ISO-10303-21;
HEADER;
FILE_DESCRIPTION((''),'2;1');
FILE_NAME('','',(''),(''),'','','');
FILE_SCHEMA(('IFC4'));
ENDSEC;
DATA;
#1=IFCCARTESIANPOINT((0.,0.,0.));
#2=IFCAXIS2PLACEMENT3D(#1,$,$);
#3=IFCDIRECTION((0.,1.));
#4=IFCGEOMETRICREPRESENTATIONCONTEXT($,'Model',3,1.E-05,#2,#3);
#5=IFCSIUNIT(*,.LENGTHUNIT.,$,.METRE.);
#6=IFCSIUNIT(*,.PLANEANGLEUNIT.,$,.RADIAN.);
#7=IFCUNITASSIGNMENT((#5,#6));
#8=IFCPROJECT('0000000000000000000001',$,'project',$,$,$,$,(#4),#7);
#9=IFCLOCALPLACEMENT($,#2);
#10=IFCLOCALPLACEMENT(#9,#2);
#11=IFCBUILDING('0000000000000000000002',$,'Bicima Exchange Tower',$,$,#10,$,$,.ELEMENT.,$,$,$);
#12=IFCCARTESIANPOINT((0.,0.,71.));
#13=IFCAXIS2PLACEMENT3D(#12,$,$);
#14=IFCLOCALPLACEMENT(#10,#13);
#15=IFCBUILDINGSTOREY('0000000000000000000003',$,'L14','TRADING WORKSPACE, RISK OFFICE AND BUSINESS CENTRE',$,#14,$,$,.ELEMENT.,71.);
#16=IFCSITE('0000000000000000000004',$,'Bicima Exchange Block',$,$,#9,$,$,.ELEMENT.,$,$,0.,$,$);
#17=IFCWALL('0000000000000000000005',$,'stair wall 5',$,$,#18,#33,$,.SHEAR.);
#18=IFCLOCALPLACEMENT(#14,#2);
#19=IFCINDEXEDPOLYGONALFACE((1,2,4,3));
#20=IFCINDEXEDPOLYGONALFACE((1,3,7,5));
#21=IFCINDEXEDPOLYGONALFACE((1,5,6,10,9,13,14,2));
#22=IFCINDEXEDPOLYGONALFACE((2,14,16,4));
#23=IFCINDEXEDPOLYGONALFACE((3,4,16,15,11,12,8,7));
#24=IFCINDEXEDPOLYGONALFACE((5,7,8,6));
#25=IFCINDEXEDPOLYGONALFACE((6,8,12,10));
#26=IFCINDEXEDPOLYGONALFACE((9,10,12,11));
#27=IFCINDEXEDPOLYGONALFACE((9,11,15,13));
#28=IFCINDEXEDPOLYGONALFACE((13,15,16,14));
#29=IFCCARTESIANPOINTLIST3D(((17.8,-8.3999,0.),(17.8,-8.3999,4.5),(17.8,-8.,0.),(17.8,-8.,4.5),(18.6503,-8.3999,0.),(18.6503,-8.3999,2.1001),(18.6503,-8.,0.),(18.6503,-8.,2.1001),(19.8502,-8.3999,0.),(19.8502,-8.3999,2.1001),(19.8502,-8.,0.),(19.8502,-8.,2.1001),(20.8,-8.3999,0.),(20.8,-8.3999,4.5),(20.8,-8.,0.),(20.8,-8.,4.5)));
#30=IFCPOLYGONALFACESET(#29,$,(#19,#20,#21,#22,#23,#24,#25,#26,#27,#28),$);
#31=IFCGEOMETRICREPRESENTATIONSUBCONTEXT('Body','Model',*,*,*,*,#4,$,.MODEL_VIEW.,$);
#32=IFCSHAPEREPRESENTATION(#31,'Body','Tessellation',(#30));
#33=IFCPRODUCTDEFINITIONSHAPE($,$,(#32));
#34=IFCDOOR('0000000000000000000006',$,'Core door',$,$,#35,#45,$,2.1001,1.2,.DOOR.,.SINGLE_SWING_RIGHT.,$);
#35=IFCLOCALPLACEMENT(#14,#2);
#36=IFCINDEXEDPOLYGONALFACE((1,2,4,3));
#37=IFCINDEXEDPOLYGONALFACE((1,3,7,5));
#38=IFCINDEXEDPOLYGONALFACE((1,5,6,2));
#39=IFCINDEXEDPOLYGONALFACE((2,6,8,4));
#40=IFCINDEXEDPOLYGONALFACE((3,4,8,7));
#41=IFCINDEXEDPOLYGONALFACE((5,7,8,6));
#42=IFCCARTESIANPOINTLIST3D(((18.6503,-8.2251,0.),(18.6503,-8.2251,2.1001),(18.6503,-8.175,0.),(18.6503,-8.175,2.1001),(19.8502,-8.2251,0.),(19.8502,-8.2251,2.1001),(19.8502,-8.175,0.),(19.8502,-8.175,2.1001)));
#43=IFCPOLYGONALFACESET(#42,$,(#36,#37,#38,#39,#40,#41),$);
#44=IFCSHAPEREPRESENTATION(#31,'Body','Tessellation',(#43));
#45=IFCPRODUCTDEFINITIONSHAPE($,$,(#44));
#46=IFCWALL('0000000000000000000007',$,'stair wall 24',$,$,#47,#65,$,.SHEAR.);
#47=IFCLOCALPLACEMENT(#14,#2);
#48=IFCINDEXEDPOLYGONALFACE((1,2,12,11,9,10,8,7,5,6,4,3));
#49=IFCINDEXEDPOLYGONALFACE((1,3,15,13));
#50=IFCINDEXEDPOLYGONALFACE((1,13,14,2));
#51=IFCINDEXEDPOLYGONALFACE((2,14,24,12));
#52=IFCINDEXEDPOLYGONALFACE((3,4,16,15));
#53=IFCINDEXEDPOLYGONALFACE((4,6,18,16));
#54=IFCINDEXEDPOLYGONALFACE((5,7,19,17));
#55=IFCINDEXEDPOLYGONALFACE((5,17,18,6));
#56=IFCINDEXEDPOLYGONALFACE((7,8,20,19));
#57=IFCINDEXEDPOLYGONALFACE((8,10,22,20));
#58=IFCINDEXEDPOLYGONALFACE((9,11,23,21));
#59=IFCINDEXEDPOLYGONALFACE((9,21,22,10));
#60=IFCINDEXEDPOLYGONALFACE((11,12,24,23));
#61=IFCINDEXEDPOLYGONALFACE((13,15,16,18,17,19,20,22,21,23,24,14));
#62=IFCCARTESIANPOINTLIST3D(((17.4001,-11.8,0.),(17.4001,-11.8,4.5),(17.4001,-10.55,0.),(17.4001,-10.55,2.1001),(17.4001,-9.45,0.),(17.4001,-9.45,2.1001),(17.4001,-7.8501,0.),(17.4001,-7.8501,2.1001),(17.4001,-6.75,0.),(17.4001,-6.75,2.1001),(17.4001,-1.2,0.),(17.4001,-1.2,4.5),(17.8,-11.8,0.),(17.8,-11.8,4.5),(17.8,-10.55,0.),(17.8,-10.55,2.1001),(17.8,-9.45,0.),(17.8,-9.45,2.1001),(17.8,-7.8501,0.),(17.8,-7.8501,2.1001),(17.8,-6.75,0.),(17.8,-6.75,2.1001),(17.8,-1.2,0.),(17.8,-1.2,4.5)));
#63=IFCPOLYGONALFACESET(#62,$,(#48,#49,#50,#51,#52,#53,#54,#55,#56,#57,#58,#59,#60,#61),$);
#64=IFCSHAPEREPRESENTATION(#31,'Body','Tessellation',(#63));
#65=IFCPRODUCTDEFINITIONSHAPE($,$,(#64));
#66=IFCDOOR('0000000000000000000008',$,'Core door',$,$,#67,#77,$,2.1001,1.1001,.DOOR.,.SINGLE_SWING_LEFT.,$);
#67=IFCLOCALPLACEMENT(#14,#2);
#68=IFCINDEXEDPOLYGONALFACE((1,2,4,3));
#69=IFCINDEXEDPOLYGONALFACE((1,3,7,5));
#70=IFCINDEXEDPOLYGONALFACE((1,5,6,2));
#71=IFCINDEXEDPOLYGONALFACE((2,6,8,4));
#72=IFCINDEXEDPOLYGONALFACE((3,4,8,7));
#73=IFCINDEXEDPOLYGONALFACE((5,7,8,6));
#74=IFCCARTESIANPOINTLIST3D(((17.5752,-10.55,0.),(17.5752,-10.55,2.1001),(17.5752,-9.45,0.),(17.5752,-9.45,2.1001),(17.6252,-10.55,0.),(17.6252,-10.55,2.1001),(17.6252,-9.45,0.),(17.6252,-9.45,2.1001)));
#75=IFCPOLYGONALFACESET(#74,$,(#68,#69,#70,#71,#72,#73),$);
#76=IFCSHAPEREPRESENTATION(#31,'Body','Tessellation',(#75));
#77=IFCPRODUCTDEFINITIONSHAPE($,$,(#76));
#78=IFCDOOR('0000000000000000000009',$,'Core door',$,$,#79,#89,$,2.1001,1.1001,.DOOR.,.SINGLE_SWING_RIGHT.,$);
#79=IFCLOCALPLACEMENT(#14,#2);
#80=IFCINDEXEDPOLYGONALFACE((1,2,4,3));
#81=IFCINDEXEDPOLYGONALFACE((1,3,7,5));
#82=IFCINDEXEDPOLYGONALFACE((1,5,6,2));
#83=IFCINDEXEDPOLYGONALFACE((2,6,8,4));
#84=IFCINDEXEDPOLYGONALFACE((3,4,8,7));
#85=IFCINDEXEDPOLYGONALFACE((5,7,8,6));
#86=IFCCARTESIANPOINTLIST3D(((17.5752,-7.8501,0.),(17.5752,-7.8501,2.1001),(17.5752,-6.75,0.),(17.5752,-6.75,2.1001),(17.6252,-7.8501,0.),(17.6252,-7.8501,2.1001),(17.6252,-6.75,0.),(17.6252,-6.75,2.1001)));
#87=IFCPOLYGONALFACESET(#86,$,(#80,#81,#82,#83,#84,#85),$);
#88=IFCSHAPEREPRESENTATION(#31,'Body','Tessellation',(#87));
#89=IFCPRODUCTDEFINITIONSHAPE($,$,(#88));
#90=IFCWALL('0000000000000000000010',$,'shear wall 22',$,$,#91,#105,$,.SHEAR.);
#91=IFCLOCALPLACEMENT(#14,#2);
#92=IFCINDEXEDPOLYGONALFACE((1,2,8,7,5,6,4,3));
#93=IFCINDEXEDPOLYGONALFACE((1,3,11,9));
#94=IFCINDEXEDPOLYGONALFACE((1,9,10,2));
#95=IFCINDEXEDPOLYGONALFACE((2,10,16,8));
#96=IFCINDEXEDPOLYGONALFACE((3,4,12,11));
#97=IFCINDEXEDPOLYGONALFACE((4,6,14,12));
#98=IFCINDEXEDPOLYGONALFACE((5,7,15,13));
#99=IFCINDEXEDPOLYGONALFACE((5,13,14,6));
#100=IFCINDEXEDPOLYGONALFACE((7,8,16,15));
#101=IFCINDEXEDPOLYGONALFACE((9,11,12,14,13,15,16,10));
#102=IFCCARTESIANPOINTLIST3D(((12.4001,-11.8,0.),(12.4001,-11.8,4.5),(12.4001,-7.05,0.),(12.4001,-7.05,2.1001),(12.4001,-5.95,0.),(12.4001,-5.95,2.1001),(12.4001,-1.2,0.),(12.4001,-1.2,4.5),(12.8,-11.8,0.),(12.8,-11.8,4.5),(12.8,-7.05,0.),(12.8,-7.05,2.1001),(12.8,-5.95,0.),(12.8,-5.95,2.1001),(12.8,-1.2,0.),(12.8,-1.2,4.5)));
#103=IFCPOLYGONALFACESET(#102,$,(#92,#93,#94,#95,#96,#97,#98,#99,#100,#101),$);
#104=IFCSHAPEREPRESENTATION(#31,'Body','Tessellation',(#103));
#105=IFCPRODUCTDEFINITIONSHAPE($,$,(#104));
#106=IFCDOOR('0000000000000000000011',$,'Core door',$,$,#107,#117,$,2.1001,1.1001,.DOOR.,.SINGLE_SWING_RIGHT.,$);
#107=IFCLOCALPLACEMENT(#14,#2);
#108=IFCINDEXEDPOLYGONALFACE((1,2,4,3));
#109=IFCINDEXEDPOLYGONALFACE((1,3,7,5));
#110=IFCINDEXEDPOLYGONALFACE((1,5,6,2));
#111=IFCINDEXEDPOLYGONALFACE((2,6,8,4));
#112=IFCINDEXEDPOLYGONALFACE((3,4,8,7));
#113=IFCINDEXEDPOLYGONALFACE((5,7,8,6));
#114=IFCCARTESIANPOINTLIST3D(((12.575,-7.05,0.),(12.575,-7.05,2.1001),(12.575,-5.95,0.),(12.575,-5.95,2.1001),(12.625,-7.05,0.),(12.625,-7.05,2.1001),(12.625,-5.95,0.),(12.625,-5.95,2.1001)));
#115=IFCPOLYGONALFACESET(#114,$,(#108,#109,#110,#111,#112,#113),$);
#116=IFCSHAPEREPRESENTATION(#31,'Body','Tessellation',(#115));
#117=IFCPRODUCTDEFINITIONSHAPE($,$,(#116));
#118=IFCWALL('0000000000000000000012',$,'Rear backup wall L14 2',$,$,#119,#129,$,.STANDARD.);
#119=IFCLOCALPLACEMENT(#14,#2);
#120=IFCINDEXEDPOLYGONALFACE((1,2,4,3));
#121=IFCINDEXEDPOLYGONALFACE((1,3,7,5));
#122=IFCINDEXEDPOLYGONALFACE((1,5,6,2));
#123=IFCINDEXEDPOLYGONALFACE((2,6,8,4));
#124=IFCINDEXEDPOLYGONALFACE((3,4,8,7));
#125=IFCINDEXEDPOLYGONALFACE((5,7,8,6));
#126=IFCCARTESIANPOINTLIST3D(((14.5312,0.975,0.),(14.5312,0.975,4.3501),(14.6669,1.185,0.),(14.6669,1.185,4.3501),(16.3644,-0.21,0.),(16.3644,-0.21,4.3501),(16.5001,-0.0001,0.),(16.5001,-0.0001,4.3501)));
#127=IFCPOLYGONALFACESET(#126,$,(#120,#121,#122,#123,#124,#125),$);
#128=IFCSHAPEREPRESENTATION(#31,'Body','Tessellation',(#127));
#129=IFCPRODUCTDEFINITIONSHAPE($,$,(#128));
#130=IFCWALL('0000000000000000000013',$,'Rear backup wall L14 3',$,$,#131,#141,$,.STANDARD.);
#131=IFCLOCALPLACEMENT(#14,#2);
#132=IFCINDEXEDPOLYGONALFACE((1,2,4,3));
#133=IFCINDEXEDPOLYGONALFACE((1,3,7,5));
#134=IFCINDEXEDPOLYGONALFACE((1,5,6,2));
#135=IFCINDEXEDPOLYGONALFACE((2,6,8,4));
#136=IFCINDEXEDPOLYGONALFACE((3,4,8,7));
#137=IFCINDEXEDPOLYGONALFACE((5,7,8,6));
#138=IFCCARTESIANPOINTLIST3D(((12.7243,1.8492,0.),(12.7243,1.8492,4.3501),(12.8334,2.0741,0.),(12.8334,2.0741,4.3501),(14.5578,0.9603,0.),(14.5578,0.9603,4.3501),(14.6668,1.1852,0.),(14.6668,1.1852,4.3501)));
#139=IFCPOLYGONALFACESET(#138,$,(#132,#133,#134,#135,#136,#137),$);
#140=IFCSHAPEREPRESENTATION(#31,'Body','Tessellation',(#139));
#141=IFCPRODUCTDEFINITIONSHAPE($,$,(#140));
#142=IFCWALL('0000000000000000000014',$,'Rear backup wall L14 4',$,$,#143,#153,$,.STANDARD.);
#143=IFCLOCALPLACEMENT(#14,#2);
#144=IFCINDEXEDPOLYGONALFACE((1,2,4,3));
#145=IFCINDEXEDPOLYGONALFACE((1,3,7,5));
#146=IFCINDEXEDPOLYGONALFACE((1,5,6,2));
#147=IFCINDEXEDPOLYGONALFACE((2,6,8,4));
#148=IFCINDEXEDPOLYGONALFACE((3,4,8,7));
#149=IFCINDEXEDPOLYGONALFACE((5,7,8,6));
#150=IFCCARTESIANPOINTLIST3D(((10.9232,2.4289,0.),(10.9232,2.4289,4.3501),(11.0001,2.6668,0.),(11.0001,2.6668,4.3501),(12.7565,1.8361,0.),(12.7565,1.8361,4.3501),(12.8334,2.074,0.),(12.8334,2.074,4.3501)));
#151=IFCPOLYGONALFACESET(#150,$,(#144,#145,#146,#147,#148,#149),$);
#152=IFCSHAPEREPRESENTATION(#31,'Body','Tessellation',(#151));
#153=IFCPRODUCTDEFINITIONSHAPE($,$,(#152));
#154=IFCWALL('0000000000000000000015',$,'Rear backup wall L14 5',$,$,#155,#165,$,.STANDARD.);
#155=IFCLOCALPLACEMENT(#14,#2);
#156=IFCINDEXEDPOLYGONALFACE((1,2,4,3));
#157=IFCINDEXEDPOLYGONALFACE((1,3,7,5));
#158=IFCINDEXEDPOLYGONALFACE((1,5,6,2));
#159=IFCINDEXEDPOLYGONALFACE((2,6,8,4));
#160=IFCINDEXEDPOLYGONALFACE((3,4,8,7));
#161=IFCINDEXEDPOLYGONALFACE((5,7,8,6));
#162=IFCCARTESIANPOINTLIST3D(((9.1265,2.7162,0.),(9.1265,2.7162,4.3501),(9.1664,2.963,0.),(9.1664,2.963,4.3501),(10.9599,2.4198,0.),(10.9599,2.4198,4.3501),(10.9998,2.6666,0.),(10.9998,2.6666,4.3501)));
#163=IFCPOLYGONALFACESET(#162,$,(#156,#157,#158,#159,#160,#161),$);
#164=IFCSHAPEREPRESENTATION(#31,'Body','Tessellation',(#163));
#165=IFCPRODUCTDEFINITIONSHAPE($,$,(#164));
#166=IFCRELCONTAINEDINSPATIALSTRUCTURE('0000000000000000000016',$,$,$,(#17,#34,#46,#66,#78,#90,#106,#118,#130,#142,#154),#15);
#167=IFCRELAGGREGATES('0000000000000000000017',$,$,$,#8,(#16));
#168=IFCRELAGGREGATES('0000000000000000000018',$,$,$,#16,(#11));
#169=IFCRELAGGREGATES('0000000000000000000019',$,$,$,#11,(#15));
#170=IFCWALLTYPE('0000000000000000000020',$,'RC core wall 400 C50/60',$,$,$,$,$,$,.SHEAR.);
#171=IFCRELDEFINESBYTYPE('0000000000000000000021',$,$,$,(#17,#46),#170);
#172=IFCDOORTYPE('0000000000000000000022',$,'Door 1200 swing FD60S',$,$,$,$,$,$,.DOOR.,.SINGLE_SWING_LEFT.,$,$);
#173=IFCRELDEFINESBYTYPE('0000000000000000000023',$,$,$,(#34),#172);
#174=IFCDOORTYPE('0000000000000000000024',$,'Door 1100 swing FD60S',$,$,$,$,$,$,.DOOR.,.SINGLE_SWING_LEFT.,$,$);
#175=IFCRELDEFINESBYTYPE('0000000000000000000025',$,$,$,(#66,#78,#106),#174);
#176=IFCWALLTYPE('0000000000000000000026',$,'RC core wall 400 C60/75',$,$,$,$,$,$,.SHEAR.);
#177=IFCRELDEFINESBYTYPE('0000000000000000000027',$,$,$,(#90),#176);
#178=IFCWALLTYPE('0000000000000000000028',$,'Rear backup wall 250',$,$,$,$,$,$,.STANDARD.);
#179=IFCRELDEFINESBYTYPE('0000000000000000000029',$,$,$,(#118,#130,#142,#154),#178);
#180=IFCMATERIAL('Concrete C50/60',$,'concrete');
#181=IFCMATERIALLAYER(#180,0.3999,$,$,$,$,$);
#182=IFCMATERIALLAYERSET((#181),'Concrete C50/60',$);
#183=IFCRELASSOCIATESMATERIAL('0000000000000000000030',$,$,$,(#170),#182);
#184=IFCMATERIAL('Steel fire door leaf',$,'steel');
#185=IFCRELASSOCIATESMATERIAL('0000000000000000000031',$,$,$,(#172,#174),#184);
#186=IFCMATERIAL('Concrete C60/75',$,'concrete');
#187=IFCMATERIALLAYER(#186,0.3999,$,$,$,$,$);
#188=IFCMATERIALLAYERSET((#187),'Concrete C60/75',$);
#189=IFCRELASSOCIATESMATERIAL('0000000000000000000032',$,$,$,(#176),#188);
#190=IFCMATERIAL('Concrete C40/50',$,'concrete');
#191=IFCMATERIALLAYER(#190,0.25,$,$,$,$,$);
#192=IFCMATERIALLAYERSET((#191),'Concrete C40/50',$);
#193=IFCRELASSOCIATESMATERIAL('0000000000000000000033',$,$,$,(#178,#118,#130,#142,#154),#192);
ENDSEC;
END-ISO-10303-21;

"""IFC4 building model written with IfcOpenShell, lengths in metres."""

from ifc_helpers import new_model, si_unit, direction, frame, frame_2d, origin, place, context, subcontext, project, spatial, rectangle, extrude, material, layer, layer_set, layer_usage, type_object, element, fill, save


model = new_model("IFC4")

# Units and contexts
model_context = context("Model", 3, precision=1e-05, world=origin(), true_north=direction((0.0, 1.0)))
body_context = subcontext(model_context, "Body", "Model", "MODEL_VIEW")
ifc_project = project(units=[si_unit("LENGTHUNIT", "METRE"), si_unit("PLANEANGLEUNIT", "RADIAN")], contexts=[model_context])

# Site, building, storey
site_placement = place(None, origin())
site = spatial("IfcSite", under=ifc_project, at=site_placement, Name="Bicima Exchange Block", CompositionType="ELEMENT", RefElevation=0.0)
building_placement = place(site_placement, origin())
building = spatial("IfcBuilding", under=site, at=building_placement, Name="Bicima Exchange Tower", CompositionType="ELEMENT")
storey_placement = place(building_placement, frame((0.0, 0.0, 71.0)))
storey = spatial("IfcBuildingStorey", under=building, at=storey_placement, Name="L14", Description="TRADING WORKSPACE, RISK OFFICE AND BUSINESS CENTRE", CompositionType="ELEMENT", Elevation=71.0)

# Wall, opening, door
ifc_material_1 = material(Name="Concrete C50/60", Category="concrete")
ifc_layer_1 = layer(ifc_material_1, 0.3999)
ifc_layer_set_1 = layer_set([ifc_layer_1], Name="Concrete C50/60")
wall_type_1 = type_object("IfcWallType", Name="RC core wall 400 C50/60", PredefinedType="SHEAR", material=ifc_layer_set_1)
wall_1_placement = place(storey_placement, frame((17.8, -8.2, 0.0), z_axis=(0.0, 0.0, 1.0), x_axis=(1.0, 0.0, 0.0)))
wall_1 = element("IfcWall", 1, at=wall_1_placement, inside=storey, type_object=wall_type_1, Name="stair wall 5", PredefinedType="SHEAR", context=body_context, shape_type="SweptSolid", body=[
    extrude(rectangle(XDim=3.0, YDim=0.3999, at=frame_2d((1.5, 0.0))), origin(), (0.0, 0.0, 1.0), 4.5),
])
opening_1_placement = place(wall_1_placement, frame((0.8501, 0.0, 0.0)))
opening_1 = element("IfcOpeningElement", 2, at=opening_1_placement, cuts=wall_1, PredefinedType="OPENING", context=body_context, shape_type="SweptSolid", body=[
    extrude(rectangle(XDim=1.2, YDim=2.1001, at=frame_2d((0.6001, 1.05))), frame((0.0, 0.2119, 0.0), z_axis=(0.0, -1.0, 0.0), x_axis=(1.0, 0.0, 0.0)), (0.0, 0.0, 1.0), 0.4238),
])
ifc_material_2 = material(Name="Steel fire door leaf", Category="steel")
door_type_1 = type_object("IfcDoorType", Name="Door 1200 swing FD60S", OperationType="SINGLE_SWING_LEFT", PredefinedType="DOOR", material=ifc_material_2)
door_1_placement = place(opening_1_placement, origin())
door_1 = element("IfcDoor", 3, at=door_1_placement, inside=storey, type_object=door_type_1, Name="Core door", OperationType="SINGLE_SWING_RIGHT", OverallHeight=2.1001, OverallWidth=1.2, PredefinedType="DOOR", context=body_context, shape_type="SweptSolid", body=[
    extrude(rectangle(XDim=1.2, YDim=2.1001, at=frame_2d((0.6001, 1.05))), frame((0.0, 0.0249, 0.0), z_axis=(0.0, -1.0, 0.0), x_axis=(1.0, 0.0, 0.0)), (0.0, 0.0, 1.0), 0.05),
])
fill(opening_1, door_1)

# Wall, openings, doors
wall_2_placement = place(storey_placement, frame((17.6001, -11.8, 0.0), z_axis=(0.0, 0.0, 1.0), x_axis=(0.0, 1.0, 0.0)))
wall_2 = element("IfcWall", 4, at=wall_2_placement, inside=storey, type_object=wall_type_1, Name="stair wall 24", PredefinedType="SHEAR", context=body_context, shape_type="SweptSolid", body=[
    extrude(rectangle(XDim=10.6001, YDim=0.3999, at=frame_2d((5.3, 0.0))), origin(), (0.0, 0.0, 1.0), 4.5),
])
opening_2_placement = place(wall_2_placement, frame((1.25, 0.0, 0.0)))
opening_2 = element("IfcOpeningElement", 5, at=opening_2_placement, cuts=wall_2, PredefinedType="OPENING", context=body_context, shape_type="SweptSolid", body=[
    extrude(rectangle(XDim=1.1001, YDim=2.1001, at=frame_2d((0.55, 1.05))), frame((0.0, 0.2119, 0.0), z_axis=(0.0, -1.0, 0.0), x_axis=(1.0, 0.0, 0.0)), (0.0, 0.0, 1.0), 0.4238),
])
opening_3_placement = place(wall_2_placement, frame((3.95, 0.0, 0.0)))
opening_3 = element("IfcOpeningElement", 6, at=opening_3_placement, cuts=wall_2, PredefinedType="OPENING", context=body_context, shape_type="SweptSolid", body=[
    extrude(rectangle(XDim=1.1001, YDim=2.1001, at=frame_2d((0.55, 1.05))), frame((0.0, 0.2119, 0.0), z_axis=(0.0, -1.0, 0.0), x_axis=(1.0, 0.0, 0.0)), (0.0, 0.0, 1.0), 0.4238),
])
door_type_2 = type_object("IfcDoorType", Name="Door 1100 swing FD60S", OperationType="SINGLE_SWING_LEFT", PredefinedType="DOOR", material=ifc_material_2)
door_2_placement = place(opening_2_placement, origin())
door_2 = element("IfcDoor", 7, at=door_2_placement, inside=storey, type_object=door_type_2, Name="Core door", OperationType="SINGLE_SWING_LEFT", OverallHeight=2.1001, OverallWidth=1.1001, PredefinedType="DOOR", context=body_context, shape_type="SweptSolid", body=[
    extrude(rectangle(XDim=1.1001, YDim=2.1001, at=frame_2d((0.55, 1.05))), frame((0.0, 0.0249, 0.0), z_axis=(0.0, -1.0, 0.0), x_axis=(1.0, 0.0, 0.0)), (0.0, 0.0, 1.0), 0.05),
])
fill(opening_2, door_2)
door_3_placement = place(opening_3_placement, origin())
door_3 = element("IfcDoor", 8, at=door_3_placement, inside=storey, type_object=door_type_2, Name="Core door", OperationType="SINGLE_SWING_RIGHT", OverallHeight=2.1001, OverallWidth=1.1001, PredefinedType="DOOR", context=body_context, shape_type="SweptSolid", body=[
    extrude(rectangle(XDim=1.1001, YDim=2.1001, at=frame_2d((0.55, 1.05))), frame((0.0, 0.0249, 0.0), z_axis=(0.0, -1.0, 0.0), x_axis=(1.0, 0.0, 0.0)), (0.0, 0.0, 1.0), 0.05),
])
fill(opening_3, door_3)

# Wall, opening, door
ifc_material_3 = material(Name="Concrete C60/75", Category="concrete")
ifc_layer_2 = layer(ifc_material_3, 0.3999)
ifc_layer_set_2 = layer_set([ifc_layer_2], Name="Concrete C60/75")
wall_type_2 = type_object("IfcWallType", Name="RC core wall 400 C60/75", PredefinedType="SHEAR", material=ifc_layer_set_2)
wall_3_placement = place(storey_placement, frame((12.6001, -11.8, 0.0), z_axis=(0.0, 0.0, 1.0), x_axis=(0.0, 1.0, 0.0)))
wall_3 = element("IfcWall", 9, at=wall_3_placement, inside=storey, type_object=wall_type_2, Name="shear wall 22", PredefinedType="SHEAR", context=body_context, shape_type="SweptSolid", body=[
    extrude(rectangle(XDim=10.6001, YDim=0.3999, at=frame_2d((5.3, 0.0))), origin(), (0.0, 0.0, 1.0), 4.5),
])
opening_4_placement = place(wall_3_placement, frame((4.75, 0.0, 0.0)))
opening_4 = element("IfcOpeningElement", 10, at=opening_4_placement, cuts=wall_3, PredefinedType="OPENING", context=body_context, shape_type="SweptSolid", body=[
    extrude(rectangle(XDim=1.1001, YDim=2.1001, at=frame_2d((0.55, 1.05))), frame((0.0, 0.2119, 0.0), z_axis=(0.0, -1.0, 0.0), x_axis=(1.0, 0.0, 0.0)), (0.0, 0.0, 1.0), 0.4238),
])
door_4_placement = place(opening_4_placement, frame((1.1001, 0.0, 0.0), z_axis=(0.0, 0.0, 1.0), x_axis=(-1.0, 0.0, 0.0)))
door_4 = element("IfcDoor", 11, at=door_4_placement, inside=storey, type_object=door_type_2, Name="Core door", OperationType="SINGLE_SWING_RIGHT", OverallHeight=2.1001, OverallWidth=1.1001, PredefinedType="DOOR", context=body_context, shape_type="SweptSolid", body=[
    extrude(rectangle(XDim=1.1001, YDim=2.1001, at=frame_2d((0.55, 1.05))), frame((0.0, 0.0249, 0.0), z_axis=(0.0, -1.0, 0.0), x_axis=(1.0, 0.0, 0.0)), (0.0, 0.0, 1.0), 0.05),
])
fill(opening_4, door_4)

# Walls
ifc_material_4 = material(Name="Concrete C40/50", Category="concrete")
ifc_layer_3 = layer(ifc_material_4, 0.25)
ifc_layer_set_3 = layer_set([ifc_layer_3], Name="Concrete C40/50")
ifc_layer_usage = layer_usage(ifc_layer_set_3, "AXIS2", "POSITIVE", -0.125)
wall_type_3 = type_object("IfcWallType", Name="Rear backup wall 250", PredefinedType="STANDARD", material=ifc_layer_set_3)
wall_4_placement = place(storey_placement, frame((16.4321, -0.105, 0.0), z_axis=(0.0, 0.0, 1.0), x_axis=(-0.839813, 0.542876, 0.0)))
element("IfcWall", 12, at=wall_4_placement, inside=storey, type_object=wall_type_3, material=ifc_layer_usage, Name="Rear backup wall L14 2", PredefinedType="STANDARD", context=body_context, shape_type="SweptSolid", body=[
    extrude(rectangle(XDim=2.1829, YDim=0.25, at=frame_2d((1.0913, 0.0))), origin(), (0.0, 0.0, 1.0), 4.3501),
])
wall_5_placement = place(storey_placement, frame((14.6123, 1.0728, 0.0), z_axis=(0.0, 0.0, 1.0), x_axis=(-0.899824, 0.436253, 0.0)))
element("IfcWall", 13, at=wall_5_placement, inside=storey, type_object=wall_type_3, material=ifc_layer_usage, Name="Rear backup wall L14 3", PredefinedType="STANDARD", context=body_context, shape_type="SweptSolid", body=[
    extrude(rectangle(XDim=2.0376, YDim=0.25, at=frame_2d((1.0188, 0.0))), origin(), (0.0, 0.0, 1.0), 4.3501),
])
wall_6_placement = place(storey_placement, frame((12.7949, 1.9551, 0.0), z_axis=(0.0, 0.0, 1.0), x_axis=(-0.951496, 0.307662, 0.0)))
element("IfcWall", 14, at=wall_6_placement, inside=storey, type_object=wall_type_3, material=ifc_layer_usage, Name="Rear backup wall L14 4", PredefinedType="STANDARD", context=body_context, shape_type="SweptSolid", body=[
    extrude(rectangle(XDim=1.9268, YDim=0.25, at=frame_2d((0.9634, 0.0))), origin(), (0.0, 0.0, 1.0), 4.3501),
])
wall_7_placement = place(storey_placement, frame((10.98, 2.5432, 0.0), z_axis=(0.0, 0.0, 1.0), x_axis=(-0.987182, 0.1596, 0.0)))
element("IfcWall", 15, at=wall_7_placement, inside=storey, type_object=wall_type_3, material=ifc_layer_usage, Name="Rear backup wall L14 5", PredefinedType="STANDARD", context=body_context, shape_type="SweptSolid", body=[
    extrude(rectangle(XDim=1.8572, YDim=0.25, at=frame_2d((0.9287, 0.0))), origin(), (0.0, 0.0, 1.0), 4.3501),
])

save(model, "model.ifc")
